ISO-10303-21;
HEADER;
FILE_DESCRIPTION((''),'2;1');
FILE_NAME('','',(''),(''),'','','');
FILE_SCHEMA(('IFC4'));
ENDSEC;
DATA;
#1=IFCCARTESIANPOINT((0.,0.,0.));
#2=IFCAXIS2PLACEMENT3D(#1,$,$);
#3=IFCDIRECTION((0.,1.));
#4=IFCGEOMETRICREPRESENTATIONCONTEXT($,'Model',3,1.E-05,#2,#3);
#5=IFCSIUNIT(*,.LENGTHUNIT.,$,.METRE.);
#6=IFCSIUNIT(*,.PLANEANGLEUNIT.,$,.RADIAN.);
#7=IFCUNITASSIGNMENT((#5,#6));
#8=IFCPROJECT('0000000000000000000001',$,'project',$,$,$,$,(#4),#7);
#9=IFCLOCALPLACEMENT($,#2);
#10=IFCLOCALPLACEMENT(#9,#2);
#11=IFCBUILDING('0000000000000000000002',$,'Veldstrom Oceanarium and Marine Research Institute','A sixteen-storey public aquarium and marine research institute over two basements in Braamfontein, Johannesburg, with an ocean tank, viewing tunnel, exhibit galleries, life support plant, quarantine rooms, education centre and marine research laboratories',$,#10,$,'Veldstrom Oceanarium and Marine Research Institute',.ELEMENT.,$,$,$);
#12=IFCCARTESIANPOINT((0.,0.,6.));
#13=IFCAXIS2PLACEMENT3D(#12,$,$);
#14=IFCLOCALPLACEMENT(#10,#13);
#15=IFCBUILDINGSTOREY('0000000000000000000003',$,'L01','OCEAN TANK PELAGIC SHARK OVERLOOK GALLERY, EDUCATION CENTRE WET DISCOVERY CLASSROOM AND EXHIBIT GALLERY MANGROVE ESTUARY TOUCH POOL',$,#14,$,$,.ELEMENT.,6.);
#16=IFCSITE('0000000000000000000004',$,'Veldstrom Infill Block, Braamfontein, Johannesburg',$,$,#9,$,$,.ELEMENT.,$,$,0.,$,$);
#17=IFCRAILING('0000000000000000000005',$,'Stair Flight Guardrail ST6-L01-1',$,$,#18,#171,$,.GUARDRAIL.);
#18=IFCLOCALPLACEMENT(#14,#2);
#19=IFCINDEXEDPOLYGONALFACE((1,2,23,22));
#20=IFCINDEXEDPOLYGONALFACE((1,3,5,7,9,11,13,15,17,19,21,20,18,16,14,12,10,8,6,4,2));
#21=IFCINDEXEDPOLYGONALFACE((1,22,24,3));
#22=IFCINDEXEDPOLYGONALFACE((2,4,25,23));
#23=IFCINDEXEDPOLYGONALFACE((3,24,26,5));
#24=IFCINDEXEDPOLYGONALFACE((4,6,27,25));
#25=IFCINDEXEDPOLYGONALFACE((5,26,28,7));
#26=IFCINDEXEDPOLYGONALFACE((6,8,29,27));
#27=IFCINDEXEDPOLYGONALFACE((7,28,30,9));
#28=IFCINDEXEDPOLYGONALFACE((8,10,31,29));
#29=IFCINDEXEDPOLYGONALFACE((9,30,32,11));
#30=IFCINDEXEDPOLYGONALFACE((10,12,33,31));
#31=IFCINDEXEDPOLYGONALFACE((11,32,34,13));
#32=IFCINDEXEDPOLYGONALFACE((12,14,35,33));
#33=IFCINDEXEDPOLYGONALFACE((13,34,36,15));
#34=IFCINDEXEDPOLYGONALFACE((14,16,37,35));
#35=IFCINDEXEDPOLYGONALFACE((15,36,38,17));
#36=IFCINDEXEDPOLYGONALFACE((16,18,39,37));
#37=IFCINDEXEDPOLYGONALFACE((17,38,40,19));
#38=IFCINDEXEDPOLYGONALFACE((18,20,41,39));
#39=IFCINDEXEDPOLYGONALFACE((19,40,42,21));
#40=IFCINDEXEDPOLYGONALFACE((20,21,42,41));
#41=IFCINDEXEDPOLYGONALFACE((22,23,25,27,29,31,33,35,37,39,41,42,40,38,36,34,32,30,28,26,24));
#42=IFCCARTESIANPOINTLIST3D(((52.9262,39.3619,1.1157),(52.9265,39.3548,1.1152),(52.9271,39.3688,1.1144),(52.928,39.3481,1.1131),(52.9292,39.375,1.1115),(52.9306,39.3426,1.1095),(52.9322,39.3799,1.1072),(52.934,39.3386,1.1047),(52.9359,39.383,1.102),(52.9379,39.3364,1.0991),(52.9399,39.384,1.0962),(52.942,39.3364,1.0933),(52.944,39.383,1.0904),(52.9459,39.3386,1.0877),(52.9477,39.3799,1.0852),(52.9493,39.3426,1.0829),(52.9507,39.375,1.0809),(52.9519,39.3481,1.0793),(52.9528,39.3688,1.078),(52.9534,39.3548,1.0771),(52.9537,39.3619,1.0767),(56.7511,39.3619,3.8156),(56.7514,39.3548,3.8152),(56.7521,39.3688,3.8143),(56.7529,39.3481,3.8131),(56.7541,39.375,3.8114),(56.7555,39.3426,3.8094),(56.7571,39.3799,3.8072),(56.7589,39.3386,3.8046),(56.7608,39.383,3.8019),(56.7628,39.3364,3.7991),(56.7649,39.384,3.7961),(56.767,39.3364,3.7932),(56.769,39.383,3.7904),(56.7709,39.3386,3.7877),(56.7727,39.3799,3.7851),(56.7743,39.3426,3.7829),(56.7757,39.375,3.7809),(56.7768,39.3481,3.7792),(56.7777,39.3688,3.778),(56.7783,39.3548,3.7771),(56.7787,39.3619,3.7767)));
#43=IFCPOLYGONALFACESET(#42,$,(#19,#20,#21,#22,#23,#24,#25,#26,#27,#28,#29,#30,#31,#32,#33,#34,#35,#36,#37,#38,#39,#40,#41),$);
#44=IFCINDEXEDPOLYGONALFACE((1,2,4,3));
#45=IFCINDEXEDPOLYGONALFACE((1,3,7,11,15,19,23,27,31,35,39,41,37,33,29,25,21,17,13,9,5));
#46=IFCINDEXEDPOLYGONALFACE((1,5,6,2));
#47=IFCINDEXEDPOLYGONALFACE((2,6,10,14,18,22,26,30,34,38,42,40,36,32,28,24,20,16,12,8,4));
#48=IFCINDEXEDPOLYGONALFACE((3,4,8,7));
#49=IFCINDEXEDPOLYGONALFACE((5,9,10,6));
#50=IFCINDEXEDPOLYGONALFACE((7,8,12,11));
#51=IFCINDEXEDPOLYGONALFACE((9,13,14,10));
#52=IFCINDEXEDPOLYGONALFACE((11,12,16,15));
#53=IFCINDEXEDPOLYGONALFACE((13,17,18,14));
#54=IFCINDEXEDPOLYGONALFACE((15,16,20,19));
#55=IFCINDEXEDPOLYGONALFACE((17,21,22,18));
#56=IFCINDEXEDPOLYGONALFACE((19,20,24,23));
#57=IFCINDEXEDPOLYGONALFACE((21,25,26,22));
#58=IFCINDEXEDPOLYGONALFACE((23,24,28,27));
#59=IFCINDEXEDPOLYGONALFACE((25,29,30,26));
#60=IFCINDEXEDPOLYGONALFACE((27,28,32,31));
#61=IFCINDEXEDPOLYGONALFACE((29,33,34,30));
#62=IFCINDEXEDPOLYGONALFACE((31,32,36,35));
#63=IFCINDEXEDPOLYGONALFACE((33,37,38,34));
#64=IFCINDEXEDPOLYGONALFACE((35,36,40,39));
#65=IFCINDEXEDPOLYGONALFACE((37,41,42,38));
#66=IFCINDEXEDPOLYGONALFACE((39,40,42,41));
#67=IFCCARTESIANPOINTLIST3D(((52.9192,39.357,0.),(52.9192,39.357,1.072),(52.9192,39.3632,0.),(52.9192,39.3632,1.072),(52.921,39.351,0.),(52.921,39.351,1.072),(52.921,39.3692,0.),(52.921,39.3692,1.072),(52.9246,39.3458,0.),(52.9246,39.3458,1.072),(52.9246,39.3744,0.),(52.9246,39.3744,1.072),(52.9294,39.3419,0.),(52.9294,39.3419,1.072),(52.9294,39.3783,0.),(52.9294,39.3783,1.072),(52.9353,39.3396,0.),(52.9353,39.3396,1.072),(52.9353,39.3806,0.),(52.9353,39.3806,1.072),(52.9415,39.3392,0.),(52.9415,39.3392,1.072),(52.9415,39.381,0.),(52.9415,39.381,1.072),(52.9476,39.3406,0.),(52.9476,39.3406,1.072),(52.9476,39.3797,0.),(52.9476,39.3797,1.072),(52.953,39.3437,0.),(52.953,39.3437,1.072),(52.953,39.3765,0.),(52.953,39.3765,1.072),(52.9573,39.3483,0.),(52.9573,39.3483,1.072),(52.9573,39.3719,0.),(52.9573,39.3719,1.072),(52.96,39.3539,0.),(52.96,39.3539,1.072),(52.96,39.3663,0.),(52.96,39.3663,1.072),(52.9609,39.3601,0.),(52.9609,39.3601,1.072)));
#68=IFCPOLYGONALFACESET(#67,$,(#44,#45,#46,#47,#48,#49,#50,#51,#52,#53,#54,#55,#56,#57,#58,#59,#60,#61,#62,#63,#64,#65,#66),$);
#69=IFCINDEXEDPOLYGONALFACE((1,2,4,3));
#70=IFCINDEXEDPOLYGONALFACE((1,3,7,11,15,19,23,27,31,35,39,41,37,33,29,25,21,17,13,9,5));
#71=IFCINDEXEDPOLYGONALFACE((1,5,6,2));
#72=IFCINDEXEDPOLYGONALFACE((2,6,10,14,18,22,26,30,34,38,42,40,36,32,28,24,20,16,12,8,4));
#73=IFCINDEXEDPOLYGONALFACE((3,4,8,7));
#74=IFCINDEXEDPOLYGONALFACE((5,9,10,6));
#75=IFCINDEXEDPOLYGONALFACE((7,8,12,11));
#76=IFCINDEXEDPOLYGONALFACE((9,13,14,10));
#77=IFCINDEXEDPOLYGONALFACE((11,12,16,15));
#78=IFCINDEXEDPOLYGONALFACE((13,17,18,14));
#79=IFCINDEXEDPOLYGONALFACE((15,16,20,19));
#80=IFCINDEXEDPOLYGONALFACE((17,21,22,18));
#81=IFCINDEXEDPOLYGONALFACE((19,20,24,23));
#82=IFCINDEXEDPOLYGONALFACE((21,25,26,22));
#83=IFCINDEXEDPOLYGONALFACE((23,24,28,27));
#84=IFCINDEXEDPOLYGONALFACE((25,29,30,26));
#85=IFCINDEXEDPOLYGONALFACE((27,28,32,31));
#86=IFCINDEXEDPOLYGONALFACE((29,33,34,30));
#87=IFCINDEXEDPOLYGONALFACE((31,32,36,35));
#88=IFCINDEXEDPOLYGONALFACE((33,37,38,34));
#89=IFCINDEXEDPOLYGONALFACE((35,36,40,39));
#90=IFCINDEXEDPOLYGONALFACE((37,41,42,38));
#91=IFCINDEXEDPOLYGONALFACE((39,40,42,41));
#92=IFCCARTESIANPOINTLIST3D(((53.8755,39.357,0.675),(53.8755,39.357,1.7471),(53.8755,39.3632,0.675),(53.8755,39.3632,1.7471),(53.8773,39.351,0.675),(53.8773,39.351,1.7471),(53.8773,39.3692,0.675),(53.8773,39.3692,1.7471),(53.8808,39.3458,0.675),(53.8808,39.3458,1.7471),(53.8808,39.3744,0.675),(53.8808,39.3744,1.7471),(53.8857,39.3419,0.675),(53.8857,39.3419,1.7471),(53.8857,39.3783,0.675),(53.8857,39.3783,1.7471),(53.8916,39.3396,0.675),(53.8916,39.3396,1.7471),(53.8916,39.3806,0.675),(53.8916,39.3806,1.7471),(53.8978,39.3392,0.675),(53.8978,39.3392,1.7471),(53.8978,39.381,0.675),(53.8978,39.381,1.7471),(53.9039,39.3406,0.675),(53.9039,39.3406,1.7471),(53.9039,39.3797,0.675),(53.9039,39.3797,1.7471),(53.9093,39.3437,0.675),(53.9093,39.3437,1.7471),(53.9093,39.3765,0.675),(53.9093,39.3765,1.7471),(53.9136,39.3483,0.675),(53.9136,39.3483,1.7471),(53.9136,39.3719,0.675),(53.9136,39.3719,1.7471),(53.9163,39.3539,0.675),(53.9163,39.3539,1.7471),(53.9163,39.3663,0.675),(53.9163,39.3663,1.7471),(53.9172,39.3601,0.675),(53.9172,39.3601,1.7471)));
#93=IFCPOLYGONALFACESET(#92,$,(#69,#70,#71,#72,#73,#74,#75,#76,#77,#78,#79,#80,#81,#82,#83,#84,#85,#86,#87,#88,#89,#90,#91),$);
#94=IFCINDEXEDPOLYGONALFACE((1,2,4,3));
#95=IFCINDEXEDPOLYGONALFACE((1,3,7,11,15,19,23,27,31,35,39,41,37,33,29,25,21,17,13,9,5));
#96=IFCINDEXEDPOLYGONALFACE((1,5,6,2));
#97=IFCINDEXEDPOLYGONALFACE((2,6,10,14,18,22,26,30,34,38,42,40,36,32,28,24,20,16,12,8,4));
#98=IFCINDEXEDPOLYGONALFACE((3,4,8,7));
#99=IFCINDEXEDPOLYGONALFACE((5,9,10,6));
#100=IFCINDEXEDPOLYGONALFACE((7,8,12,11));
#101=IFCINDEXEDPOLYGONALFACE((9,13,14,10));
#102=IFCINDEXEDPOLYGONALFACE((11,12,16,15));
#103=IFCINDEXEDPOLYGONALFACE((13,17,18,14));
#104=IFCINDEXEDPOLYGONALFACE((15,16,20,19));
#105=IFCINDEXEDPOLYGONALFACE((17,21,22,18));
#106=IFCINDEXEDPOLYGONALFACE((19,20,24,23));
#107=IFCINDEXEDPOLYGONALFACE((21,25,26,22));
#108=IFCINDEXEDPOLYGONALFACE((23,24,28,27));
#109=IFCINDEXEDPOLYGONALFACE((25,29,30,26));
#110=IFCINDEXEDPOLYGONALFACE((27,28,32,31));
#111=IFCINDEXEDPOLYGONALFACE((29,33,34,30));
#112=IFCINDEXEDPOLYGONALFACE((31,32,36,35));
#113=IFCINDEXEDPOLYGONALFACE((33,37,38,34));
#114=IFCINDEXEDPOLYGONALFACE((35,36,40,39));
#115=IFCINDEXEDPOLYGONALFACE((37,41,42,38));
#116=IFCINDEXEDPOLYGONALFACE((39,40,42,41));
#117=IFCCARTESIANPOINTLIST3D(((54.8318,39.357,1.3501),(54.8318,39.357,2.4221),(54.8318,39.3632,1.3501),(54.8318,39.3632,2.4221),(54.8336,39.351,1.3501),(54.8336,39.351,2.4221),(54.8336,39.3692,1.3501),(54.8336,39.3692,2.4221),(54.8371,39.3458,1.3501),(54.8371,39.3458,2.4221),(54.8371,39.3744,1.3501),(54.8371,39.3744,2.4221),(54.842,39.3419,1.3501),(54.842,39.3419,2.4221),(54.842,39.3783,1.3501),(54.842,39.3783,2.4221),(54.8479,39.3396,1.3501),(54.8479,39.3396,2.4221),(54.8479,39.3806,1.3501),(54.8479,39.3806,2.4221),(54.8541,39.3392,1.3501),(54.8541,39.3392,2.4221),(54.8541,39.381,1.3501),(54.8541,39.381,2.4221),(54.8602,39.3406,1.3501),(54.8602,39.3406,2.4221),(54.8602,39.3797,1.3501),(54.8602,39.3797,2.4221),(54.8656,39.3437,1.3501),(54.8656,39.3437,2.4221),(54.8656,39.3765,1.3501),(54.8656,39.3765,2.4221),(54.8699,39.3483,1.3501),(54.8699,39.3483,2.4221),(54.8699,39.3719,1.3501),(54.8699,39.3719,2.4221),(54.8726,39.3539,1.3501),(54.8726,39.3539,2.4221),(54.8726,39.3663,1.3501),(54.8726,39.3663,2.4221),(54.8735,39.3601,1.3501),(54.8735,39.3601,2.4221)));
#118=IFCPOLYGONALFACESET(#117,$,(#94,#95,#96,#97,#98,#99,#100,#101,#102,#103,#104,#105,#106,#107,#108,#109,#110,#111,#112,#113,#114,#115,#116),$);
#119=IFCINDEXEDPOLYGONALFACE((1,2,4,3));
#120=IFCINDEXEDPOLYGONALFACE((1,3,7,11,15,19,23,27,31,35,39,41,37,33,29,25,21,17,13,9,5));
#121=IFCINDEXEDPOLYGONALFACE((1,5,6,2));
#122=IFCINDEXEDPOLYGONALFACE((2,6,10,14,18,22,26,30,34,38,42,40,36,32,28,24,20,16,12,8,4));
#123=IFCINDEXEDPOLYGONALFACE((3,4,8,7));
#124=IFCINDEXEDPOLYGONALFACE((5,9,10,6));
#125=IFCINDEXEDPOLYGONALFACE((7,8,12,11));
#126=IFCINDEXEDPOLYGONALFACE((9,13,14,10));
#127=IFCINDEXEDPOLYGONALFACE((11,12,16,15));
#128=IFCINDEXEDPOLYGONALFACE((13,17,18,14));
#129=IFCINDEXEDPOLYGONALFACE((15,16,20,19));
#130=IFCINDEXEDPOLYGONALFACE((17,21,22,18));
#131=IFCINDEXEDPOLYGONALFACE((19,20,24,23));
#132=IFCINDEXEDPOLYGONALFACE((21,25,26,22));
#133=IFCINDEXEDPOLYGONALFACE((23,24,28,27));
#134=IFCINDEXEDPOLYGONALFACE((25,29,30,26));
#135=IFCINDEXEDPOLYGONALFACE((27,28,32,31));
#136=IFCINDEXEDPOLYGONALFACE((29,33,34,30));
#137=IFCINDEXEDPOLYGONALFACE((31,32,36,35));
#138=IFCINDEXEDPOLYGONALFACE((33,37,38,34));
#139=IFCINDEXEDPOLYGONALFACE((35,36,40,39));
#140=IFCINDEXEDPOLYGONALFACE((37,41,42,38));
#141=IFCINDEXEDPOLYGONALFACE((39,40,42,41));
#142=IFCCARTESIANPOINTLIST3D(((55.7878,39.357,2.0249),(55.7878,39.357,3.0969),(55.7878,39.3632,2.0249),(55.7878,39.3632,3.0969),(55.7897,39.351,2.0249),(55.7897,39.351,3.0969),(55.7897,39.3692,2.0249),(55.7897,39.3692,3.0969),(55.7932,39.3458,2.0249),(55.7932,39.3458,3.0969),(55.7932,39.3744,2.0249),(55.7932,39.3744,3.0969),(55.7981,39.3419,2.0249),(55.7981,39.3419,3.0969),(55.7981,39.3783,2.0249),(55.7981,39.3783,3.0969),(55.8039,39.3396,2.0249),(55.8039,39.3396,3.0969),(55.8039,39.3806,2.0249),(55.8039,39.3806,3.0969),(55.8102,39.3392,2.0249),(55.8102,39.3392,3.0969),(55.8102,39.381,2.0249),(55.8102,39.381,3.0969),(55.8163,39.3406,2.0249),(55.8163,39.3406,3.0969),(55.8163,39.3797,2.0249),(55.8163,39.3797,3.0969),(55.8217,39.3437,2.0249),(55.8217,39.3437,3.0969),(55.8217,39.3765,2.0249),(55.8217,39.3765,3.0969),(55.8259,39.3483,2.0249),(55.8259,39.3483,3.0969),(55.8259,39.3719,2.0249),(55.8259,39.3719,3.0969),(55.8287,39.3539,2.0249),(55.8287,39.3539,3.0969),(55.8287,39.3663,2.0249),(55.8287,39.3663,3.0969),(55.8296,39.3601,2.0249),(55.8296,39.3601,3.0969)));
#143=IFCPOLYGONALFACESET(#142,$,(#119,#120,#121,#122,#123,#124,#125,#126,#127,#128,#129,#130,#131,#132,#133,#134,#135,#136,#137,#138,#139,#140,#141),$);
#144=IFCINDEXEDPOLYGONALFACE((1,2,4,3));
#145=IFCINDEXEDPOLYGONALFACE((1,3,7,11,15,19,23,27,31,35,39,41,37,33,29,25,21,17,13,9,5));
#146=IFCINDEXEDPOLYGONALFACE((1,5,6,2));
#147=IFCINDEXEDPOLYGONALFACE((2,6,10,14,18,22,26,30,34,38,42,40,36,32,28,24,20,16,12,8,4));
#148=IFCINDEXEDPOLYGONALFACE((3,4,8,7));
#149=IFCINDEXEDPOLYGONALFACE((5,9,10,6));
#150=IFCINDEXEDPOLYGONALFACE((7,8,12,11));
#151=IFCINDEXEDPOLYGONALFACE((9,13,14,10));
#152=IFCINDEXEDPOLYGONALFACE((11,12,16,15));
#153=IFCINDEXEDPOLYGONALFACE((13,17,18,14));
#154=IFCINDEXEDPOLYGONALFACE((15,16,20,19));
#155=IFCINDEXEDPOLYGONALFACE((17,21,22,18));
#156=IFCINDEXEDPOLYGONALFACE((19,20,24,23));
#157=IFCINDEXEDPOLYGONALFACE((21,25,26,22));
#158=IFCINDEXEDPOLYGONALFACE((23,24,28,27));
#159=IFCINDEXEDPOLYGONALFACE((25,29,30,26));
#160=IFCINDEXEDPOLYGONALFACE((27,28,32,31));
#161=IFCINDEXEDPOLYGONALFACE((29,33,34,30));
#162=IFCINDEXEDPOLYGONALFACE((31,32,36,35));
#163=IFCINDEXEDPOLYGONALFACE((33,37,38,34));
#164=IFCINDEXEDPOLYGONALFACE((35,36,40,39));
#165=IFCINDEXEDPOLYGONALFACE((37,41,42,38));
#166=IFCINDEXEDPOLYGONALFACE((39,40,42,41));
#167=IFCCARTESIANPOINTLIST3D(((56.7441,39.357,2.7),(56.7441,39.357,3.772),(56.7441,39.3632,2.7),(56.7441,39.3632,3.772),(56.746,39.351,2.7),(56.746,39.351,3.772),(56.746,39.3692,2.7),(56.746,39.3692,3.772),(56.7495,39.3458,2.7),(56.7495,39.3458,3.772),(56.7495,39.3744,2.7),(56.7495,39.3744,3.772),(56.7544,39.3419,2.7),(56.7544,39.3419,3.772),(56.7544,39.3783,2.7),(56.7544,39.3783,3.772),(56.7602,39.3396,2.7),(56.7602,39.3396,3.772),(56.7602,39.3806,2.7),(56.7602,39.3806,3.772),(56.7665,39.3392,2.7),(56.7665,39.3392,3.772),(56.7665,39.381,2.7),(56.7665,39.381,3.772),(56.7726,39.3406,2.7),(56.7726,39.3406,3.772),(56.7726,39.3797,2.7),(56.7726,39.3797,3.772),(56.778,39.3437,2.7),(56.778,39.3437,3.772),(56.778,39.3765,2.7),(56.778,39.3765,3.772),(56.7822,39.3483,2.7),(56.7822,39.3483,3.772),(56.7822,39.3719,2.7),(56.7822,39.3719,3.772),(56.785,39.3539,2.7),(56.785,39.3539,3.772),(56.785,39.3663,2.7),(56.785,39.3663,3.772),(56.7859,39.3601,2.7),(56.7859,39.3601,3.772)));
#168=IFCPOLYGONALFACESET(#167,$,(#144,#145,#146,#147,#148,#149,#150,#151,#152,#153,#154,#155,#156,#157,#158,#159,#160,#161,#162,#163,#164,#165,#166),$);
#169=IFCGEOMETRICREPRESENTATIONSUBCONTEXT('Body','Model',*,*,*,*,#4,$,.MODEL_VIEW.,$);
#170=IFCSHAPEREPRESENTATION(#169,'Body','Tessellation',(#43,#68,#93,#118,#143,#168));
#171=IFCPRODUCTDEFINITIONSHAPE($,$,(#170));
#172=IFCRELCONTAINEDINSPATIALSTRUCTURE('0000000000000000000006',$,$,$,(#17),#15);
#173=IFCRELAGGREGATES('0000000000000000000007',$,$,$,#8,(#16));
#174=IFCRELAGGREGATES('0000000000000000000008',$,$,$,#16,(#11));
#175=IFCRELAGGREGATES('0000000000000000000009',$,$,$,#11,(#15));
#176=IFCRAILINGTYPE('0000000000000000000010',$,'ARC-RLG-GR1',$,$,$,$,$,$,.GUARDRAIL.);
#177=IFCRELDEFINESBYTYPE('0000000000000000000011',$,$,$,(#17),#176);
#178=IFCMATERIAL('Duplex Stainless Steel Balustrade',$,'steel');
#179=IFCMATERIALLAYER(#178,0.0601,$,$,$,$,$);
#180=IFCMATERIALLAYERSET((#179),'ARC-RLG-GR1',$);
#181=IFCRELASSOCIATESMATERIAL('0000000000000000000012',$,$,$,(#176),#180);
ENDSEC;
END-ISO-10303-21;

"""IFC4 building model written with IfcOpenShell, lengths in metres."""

from ifc_helpers import new_model, si_unit, direction, frame, origin, origin_2d, place, context, subcontext, project, spatial, circle, extrude, material, layer, layer_set, type_object, element, save


model = new_model("IFC4")

# Units and contexts
model_context = context("Model", 3, precision=1e-05, world=origin(), true_north=direction((0.0, 1.0)))
body_context = subcontext(model_context, "Body", "Model", "MODEL_VIEW")
ifc_project = project(units=[si_unit("LENGTHUNIT", "METRE"), si_unit("PLANEANGLEUNIT", "RADIAN")], contexts=[model_context])

# Site, building, storey
site_placement = place(None, origin())
site = spatial("IfcSite", under=ifc_project, at=site_placement, Name="Veldstrom Infill Block, Braamfontein, Johannesburg", CompositionType="ELEMENT", RefElevation=0.0)
building_placement = place(site_placement, origin())
building = spatial("IfcBuilding", under=site, at=building_placement, Name="Veldstrom Oceanarium and Marine Research Institute", Description="A sixteen-storey public aquarium and marine research institute over two basements in Braamfontein, Johannesburg, with an ocean tank, viewing tunnel, exhibit galleries, life support plant, quarantine rooms, education centre and marine research laboratories", LongName="Veldstrom Oceanarium and Marine Research Institute", CompositionType="ELEMENT")
storey_placement = place(building_placement, frame((0.0, 0.0, 6.0)))
storey = spatial("IfcBuildingStorey", under=building, at=storey_placement, Name="L01", Description="OCEAN TANK PELAGIC SHARK OVERLOOK GALLERY, EDUCATION CENTRE WET DISCOVERY CLASSROOM AND EXHIBIT GALLERY MANGROVE ESTUARY TOUCH POOL", CompositionType="ELEMENT", Elevation=6.0)

# Railing
ifc_material_1 = material(Name="Duplex Stainless Steel Balustrade", Category="steel")
ifc_layer_1 = layer(ifc_material_1, 0.0601)
ifc_layer_set_1 = layer_set([ifc_layer_1], Name="ARC-RLG-GR1")
railing_type_1 = type_object("IfcRailingType", Name="ARC-RLG-GR1", PredefinedType="GUARDRAIL", material=ifc_layer_set_1)
railing_1_placement = place(storey_placement, frame((52.9399, 39.3601, 0.0)))
element("IfcRailing", 1, at=railing_1_placement, inside=storey, type_object=railing_type_1, Name="Stair Flight Guardrail ST6-L01-1", PredefinedType="GUARDRAIL", context=body_context, shape_type="SweptSolid", body=[
    extrude(circle(Radius=0.0239, at=origin_2d()), frame((0.0, 0.0, 1.0962), z_axis=(0.816969, 0.0, 0.576681), x_axis=(0.0, 1.0, 0.0)), (0.0, 0.0, 1.0), 4.6819),
    extrude(circle(Radius=0.021, at=origin_2d()), origin(), (0.0, 0.0, 1.0), 1.072),
    extrude(circle(Radius=0.021, at=origin_2d()), frame((0.9563, 0.0, 0.675)), (0.0, 0.0, 1.0), 1.072),
    extrude(circle(Radius=0.021, at=origin_2d()), frame((1.9126, 0.0, 1.3501)), (0.0, 0.0, 1.0), 1.072),
    extrude(circle(Radius=0.021, at=origin_2d()), frame((2.8687, 0.0, 2.0249)), (0.0, 0.0, 1.0), 1.072),
    extrude(circle(Radius=0.021, at=origin_2d()), frame((3.825, 0.0, 2.7)), (0.0, 0.0, 1.0), 1.072),
])

save(model, "model.ifc")
